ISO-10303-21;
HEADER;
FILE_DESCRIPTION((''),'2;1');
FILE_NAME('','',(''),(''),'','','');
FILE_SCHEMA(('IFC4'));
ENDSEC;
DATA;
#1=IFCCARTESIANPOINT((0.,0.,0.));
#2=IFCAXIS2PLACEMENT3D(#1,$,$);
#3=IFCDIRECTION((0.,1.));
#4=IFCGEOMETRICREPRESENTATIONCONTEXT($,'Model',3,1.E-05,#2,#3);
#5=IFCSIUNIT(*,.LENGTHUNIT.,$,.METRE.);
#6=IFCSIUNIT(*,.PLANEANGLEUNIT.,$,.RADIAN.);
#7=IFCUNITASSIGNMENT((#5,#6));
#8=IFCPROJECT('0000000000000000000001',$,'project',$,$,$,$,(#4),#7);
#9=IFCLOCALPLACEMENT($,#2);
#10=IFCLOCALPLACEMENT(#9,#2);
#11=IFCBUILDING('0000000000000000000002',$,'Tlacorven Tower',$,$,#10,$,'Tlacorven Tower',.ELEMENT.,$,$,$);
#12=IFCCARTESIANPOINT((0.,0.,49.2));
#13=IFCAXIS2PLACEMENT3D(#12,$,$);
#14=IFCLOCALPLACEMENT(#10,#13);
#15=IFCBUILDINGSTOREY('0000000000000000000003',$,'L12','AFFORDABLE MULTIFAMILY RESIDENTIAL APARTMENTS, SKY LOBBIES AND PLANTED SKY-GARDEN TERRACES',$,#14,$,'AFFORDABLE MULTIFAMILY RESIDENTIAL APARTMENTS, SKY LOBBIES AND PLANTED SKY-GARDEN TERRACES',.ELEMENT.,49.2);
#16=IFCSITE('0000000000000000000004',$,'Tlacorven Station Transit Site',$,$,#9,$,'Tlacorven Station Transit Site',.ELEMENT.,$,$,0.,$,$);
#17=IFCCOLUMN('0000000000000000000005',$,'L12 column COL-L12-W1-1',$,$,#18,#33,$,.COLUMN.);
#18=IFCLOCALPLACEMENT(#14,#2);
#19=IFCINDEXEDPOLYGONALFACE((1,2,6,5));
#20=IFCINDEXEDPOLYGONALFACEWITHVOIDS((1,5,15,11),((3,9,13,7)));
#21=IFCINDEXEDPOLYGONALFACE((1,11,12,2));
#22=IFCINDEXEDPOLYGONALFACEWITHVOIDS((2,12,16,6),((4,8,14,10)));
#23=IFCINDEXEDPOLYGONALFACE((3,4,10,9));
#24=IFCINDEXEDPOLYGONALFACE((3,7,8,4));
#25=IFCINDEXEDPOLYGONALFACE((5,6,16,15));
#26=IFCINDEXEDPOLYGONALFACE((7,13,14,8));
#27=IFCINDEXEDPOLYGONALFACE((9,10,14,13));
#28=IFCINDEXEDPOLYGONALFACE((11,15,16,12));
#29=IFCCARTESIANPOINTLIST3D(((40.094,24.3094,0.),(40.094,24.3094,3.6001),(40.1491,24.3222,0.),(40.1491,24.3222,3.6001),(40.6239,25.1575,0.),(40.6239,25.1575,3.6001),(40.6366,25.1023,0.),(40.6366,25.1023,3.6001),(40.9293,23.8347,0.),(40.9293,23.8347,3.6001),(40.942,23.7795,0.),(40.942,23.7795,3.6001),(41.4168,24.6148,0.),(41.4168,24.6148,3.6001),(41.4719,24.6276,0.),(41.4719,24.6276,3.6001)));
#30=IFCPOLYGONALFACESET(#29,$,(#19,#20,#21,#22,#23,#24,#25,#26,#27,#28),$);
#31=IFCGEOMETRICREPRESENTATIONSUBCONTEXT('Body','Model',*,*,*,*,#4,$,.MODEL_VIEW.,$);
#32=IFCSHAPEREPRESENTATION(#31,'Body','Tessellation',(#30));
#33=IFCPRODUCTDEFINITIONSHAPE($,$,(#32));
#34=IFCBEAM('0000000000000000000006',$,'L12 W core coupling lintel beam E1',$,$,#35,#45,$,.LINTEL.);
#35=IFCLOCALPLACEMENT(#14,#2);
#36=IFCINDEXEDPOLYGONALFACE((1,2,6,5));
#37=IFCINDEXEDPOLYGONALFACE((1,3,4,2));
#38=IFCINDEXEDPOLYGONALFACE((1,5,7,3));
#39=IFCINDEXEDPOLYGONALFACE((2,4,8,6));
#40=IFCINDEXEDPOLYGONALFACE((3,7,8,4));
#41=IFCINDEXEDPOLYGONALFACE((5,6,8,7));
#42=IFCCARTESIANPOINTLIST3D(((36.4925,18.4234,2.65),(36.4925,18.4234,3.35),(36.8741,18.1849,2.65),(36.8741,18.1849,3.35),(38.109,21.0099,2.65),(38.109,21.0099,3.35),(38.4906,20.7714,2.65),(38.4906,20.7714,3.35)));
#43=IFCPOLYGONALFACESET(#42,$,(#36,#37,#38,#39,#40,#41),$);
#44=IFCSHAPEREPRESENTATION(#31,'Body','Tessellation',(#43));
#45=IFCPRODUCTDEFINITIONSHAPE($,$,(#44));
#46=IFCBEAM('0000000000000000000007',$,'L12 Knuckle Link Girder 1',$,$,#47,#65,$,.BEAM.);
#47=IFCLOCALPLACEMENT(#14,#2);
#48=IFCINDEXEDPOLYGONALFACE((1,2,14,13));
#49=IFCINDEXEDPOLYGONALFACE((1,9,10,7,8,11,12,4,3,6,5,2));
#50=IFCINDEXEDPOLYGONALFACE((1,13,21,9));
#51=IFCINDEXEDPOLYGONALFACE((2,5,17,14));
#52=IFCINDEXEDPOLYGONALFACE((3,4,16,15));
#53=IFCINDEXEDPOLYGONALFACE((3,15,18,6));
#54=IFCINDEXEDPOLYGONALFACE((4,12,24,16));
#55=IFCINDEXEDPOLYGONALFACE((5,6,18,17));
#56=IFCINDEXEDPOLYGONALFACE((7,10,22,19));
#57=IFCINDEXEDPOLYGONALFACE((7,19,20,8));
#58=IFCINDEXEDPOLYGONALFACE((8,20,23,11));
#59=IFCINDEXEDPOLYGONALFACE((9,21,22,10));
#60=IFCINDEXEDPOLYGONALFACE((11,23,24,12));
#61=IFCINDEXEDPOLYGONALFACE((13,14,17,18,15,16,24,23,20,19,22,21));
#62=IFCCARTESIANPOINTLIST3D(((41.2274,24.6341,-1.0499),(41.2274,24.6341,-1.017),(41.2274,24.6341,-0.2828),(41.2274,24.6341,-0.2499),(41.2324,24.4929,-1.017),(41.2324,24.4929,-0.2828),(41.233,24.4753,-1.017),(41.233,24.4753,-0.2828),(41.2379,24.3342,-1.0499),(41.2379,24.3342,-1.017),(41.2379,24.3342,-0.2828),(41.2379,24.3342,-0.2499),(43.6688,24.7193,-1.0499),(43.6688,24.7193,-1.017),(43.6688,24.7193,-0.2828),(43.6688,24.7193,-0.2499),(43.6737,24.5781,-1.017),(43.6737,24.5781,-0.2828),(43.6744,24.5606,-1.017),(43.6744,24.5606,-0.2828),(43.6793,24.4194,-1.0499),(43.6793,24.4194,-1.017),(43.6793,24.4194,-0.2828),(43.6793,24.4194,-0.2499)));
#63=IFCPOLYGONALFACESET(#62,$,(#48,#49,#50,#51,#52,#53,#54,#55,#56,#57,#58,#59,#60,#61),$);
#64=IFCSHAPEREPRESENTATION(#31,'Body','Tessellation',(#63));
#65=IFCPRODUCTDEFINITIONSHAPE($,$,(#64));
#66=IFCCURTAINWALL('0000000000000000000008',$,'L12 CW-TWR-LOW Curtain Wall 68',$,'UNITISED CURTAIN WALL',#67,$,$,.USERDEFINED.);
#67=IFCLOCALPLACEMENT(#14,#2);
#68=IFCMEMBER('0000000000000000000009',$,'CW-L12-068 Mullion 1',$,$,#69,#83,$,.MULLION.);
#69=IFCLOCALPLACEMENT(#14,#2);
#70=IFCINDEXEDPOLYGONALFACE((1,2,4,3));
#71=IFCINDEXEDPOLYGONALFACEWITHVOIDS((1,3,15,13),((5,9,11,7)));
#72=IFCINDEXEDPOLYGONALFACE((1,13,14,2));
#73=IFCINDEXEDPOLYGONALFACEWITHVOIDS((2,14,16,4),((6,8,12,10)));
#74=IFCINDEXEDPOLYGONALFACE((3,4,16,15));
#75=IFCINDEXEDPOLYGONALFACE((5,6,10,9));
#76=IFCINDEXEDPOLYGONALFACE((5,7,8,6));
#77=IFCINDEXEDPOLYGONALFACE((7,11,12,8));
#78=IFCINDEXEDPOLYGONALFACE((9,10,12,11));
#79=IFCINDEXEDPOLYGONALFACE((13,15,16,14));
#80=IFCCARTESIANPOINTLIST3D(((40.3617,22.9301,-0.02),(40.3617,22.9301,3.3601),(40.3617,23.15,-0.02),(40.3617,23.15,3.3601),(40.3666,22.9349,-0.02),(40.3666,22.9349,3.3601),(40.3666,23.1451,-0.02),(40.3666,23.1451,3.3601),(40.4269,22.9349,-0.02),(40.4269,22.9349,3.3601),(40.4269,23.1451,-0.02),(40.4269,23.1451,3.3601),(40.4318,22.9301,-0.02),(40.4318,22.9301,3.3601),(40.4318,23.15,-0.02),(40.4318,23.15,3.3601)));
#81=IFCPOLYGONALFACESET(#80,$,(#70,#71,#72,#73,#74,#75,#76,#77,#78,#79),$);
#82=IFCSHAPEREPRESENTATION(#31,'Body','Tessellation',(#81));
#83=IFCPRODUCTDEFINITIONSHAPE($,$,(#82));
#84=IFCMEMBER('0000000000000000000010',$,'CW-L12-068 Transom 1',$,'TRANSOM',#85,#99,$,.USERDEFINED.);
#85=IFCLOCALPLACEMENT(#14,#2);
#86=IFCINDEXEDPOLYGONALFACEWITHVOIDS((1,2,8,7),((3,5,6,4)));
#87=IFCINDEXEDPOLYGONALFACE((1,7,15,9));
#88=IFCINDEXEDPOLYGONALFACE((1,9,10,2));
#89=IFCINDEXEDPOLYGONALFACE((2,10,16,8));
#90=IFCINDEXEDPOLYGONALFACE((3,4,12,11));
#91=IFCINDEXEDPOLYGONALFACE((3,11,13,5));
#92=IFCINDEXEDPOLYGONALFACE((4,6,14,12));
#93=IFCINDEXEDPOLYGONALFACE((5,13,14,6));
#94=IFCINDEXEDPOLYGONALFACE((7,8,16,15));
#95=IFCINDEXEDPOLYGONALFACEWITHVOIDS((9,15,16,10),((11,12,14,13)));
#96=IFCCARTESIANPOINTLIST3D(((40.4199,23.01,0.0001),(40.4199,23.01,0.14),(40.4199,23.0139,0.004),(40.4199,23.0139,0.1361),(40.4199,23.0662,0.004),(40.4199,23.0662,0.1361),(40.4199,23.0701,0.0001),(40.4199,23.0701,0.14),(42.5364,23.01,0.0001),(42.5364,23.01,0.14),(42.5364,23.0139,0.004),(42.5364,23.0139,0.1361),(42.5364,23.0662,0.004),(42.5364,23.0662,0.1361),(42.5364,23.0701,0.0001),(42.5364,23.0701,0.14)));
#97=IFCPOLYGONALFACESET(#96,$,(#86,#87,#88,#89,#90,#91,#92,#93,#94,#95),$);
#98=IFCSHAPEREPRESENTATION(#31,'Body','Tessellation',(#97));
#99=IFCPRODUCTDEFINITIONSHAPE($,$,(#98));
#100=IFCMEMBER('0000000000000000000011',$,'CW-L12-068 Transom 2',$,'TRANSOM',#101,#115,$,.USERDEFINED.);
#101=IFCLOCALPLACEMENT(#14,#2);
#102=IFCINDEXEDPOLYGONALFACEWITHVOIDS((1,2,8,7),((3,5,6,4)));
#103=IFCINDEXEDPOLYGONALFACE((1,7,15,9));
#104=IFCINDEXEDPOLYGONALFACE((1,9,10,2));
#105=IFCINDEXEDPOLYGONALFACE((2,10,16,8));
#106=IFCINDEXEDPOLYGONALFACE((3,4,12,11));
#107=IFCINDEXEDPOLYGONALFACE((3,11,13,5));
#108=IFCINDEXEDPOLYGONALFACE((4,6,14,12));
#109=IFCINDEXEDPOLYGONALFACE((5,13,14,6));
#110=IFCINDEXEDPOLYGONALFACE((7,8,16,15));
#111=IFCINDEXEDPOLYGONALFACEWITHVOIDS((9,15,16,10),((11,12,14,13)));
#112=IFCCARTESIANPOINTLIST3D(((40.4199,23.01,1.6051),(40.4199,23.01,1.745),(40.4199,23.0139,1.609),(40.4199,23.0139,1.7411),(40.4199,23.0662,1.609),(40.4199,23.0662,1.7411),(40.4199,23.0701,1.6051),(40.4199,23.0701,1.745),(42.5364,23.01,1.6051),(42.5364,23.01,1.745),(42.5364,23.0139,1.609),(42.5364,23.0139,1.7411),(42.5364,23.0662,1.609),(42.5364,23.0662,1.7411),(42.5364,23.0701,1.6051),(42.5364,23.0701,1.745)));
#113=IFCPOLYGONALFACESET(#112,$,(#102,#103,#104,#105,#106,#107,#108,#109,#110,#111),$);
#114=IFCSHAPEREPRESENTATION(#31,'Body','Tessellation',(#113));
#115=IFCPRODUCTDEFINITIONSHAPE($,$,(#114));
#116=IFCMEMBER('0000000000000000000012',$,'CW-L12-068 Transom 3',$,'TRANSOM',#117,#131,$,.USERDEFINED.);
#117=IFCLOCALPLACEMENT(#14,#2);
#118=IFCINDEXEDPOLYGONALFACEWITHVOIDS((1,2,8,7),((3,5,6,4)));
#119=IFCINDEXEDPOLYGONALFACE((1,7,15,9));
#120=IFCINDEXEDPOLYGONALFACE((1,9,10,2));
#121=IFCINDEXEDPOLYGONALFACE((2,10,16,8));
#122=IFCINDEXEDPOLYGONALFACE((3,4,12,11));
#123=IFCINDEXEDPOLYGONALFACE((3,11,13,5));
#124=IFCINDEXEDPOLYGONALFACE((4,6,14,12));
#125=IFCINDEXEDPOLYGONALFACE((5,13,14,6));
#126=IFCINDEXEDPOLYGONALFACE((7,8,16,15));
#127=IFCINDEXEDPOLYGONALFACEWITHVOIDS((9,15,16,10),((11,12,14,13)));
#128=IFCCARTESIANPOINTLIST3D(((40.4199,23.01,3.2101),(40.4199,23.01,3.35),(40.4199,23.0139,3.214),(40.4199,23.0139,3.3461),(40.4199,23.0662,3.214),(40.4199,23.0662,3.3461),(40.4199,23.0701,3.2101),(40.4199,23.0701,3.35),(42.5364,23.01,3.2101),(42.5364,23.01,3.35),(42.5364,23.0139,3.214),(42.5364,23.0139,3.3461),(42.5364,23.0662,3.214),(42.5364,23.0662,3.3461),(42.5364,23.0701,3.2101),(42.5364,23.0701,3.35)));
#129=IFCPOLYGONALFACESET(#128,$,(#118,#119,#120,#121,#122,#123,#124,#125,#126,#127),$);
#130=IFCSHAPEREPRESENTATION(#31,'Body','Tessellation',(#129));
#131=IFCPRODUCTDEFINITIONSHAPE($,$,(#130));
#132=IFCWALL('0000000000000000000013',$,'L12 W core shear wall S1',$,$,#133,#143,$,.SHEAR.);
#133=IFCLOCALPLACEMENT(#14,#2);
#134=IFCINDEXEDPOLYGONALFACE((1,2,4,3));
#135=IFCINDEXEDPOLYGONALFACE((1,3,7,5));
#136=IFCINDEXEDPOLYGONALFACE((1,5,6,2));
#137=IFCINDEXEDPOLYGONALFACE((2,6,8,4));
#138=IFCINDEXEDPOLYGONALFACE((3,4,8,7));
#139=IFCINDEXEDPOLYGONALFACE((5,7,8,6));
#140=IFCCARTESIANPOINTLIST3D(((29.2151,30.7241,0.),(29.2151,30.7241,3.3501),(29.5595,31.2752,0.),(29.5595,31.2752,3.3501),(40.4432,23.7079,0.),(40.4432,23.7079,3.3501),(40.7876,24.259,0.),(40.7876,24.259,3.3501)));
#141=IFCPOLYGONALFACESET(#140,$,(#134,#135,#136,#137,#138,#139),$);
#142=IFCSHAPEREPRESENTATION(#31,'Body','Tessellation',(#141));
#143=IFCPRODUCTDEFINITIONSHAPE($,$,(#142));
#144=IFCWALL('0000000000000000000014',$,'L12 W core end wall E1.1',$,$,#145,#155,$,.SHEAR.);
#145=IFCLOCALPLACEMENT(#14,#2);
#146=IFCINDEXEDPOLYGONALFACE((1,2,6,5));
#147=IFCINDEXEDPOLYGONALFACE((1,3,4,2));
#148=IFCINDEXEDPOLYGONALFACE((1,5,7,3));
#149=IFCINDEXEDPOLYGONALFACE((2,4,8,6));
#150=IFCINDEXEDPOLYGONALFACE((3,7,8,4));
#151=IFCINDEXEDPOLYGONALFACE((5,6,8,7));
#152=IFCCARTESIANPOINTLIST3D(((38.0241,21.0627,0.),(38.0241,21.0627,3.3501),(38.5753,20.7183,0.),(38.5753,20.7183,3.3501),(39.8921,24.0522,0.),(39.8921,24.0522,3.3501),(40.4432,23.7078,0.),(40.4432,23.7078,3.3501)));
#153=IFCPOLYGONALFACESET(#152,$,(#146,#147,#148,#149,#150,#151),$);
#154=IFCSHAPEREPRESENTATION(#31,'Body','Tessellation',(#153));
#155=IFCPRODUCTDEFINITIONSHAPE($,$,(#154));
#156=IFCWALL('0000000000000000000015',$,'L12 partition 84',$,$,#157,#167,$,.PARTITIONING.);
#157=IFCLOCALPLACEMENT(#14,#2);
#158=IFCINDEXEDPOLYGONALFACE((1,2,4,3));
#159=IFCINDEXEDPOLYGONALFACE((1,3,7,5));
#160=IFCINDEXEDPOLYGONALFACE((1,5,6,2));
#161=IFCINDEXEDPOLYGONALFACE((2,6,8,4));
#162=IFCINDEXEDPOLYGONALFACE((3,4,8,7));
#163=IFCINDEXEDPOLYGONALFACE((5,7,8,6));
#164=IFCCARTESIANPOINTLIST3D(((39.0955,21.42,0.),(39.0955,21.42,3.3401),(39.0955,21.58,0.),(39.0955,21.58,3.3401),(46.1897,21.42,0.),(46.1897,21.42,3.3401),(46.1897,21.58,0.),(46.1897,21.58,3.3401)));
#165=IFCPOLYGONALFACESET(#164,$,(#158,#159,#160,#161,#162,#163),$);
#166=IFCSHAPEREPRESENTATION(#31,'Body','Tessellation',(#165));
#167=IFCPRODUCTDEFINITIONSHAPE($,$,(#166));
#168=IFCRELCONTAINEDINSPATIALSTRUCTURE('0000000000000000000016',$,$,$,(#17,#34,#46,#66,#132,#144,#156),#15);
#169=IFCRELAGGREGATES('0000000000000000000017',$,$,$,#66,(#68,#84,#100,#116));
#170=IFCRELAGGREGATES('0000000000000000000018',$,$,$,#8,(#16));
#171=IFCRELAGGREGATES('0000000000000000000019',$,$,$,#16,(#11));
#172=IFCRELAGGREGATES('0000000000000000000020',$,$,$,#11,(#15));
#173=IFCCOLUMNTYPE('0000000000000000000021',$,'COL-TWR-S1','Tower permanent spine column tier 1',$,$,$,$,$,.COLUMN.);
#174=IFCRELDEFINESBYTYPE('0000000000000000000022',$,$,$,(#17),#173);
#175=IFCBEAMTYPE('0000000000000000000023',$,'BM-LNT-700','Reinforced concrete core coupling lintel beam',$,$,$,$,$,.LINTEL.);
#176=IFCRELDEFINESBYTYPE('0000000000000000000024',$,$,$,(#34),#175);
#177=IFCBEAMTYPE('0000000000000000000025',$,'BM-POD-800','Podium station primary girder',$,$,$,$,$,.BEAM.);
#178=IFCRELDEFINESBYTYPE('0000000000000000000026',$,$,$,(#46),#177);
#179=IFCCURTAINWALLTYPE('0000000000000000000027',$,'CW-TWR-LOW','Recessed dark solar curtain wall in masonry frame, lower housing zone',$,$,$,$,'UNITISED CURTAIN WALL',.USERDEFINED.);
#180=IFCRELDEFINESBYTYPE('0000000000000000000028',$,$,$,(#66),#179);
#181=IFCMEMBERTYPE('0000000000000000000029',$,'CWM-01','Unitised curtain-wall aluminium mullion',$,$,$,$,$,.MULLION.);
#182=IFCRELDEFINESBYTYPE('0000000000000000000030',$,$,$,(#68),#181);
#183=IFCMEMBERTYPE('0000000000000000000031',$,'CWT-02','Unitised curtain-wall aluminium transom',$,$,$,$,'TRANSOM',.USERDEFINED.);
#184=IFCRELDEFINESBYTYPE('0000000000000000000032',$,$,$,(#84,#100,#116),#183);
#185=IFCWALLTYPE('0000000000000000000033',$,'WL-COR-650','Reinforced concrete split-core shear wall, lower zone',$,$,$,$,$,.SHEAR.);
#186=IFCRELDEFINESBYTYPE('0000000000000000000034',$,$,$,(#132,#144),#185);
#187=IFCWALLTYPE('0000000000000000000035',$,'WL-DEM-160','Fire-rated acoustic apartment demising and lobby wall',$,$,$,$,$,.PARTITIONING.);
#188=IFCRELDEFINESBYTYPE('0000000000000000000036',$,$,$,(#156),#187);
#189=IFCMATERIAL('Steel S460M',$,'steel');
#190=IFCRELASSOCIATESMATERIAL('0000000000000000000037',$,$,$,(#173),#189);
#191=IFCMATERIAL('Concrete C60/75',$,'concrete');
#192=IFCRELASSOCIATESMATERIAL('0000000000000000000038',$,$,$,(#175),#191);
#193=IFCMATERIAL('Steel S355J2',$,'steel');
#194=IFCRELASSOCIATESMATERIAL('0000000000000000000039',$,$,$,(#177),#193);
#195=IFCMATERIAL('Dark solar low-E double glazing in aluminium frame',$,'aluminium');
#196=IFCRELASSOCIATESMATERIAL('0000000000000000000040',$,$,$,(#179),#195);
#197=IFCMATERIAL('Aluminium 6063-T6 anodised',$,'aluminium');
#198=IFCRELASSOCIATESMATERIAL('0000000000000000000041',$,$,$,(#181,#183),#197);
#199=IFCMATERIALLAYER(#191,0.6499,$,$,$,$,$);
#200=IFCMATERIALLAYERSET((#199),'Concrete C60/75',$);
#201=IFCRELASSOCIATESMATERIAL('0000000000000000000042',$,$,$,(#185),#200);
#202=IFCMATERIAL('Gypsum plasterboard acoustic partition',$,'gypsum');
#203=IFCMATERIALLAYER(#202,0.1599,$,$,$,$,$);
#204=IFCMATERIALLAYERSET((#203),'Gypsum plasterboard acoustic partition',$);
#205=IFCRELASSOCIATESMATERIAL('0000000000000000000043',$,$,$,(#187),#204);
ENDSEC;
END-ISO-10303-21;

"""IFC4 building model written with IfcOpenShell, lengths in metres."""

from ifc_helpers import new_model, si_unit, direction, frame, frame_2d, origin, origin_2d, place, context, subcontext, project, spatial, rectangle, hollow_rectangle, i_section, extrude, source, transform, mapped, material, layer, layer_set, material_profile, profile_set, type_object, element, aggregate, save


model = new_model("IFC4")

# Units and contexts
model_context = context("Model", 3, precision=1e-05, world=origin(), true_north=direction((0.0, 1.0)))
body_context = subcontext(model_context, "Body", "Model", "MODEL_VIEW")
ifc_project = project(units=[si_unit("LENGTHUNIT", "METRE"), si_unit("PLANEANGLEUNIT", "RADIAN")], contexts=[model_context])

# Site, building, storey
site_placement = place(None, origin())
site = spatial("IfcSite", under=ifc_project, at=site_placement, Name="Tlacorven Station Transit Site", LongName="Tlacorven Station Transit Site", CompositionType="ELEMENT", RefElevation=0.0)
building_placement = place(site_placement, origin())
building = spatial("IfcBuilding", under=site, at=building_placement, Name="Tlacorven Tower", LongName="Tlacorven Tower", CompositionType="ELEMENT")
storey_placement = place(building_placement, frame((0.0, 0.0, 49.2)))
storey = spatial("IfcBuildingStorey", under=building, at=storey_placement, Name="L12", Description="AFFORDABLE MULTIFAMILY RESIDENTIAL APARTMENTS, SKY LOBBIES AND PLANTED SKY-GARDEN TERRACES", LongName="AFFORDABLE MULTIFAMILY RESIDENTIAL APARTMENTS, SKY LOBBIES AND PLANTED SKY-GARDEN TERRACES", CompositionType="ELEMENT", Elevation=49.2)

# Column
ifc_material_1 = material(Name="Steel S460M", Category="steel")
ifc_material_profile_1 = material_profile(ifc_material_1, hollow_rectangle(XDim=1.0, YDim=1.0, WallThickness=0.04, at=origin_2d()), Name="BOX 1000X1000X40")
ifc_profile_set_1 = profile_set([ifc_material_profile_1], Name="Steel S460M")
column_type = type_object("IfcColumnType", Name="COL-TWR-S1", Description="Tower permanent spine column tier 1", PredefinedType="COLUMN", material=ifc_profile_set_1)
shared_shape_1 = source(origin(), body_context, "Body", "SweptSolid", [
    extrude(hollow_rectangle(XDim=1.0, YDim=1.0, WallThickness=0.04, at=origin_2d()), origin(), (0.0, 0.0, 1.0), 3.6001),
])
column_placement = place(storey_placement, frame((40.783, 24.4685, 0.0), z_axis=(0.0, 0.0, 1.0), x_axis=(-0.848048, 0.529919, 0.0)))
element("IfcColumn", 1, at=column_placement, inside=storey, type_object=column_type, Name="L12 column COL-L12-W1-1", PredefinedType="COLUMN", context=body_context, shape_type="MappedRepresentation", body=[
    mapped(shared_shape_1, transform((0.0, 0.0, 0.0), scale=1.0)),
])

# Beams
ifc_material_2 = material(Name="Concrete C60/75", Category="concrete")
ifc_material_profile_2 = material_profile(ifc_material_2, rectangle(XDim=0.45, YDim=0.7, at=origin_2d()), Name="RC 450X700")
ifc_profile_set_2 = profile_set([ifc_material_profile_2], Name="Concrete C60/75")
beam_type_1 = type_object("IfcBeamType", Name="BM-LNT-700", Description="Reinforced concrete core coupling lintel beam", PredefinedType="LINTEL", material=ifc_profile_set_2)
shared_shape_2 = source(origin(), body_context, "Body", "SweptSolid", [
    extrude(rectangle(XDim=0.45, YDim=0.7, at=origin_2d()), origin(), (0.0, 0.0, 1.0), 3.05),
])
beam_1_placement = place(storey_placement, frame((38.2998, 20.8906, 3.0), z_axis=(-0.529985, -0.848007, 0.0), x_axis=(0.848007, -0.529985, 0.0)))
element("IfcBeam", 2, at=beam_1_placement, inside=storey, type_object=beam_type_1, Name="L12 W core coupling lintel beam E1", PredefinedType="LINTEL", context=body_context, shape_type="MappedRepresentation", body=[
    mapped(shared_shape_2, transform((0.0, 0.0, 0.0), scale=1.0)),
])
ifc_material_3 = material(Name="Steel S355J2", Category="steel")
ifc_material_profile_3 = material_profile(ifc_material_3, i_section(OverallWidth=0.3, OverallDepth=0.8, WebThickness=0.0176, FlangeThickness=0.033, at=origin_2d()), Name="HEB 800")
ifc_profile_set_3 = profile_set([ifc_material_profile_3], Name="Steel S355J2")
beam_type_2 = type_object("IfcBeamType", Name="BM-POD-800", Description="Podium station primary girder", PredefinedType="BEAM", material=ifc_profile_set_3)
shared_shape_3 = source(origin(), body_context, "Body", "SweptSolid", [
    extrude(i_section(OverallWidth=0.3, OverallDepth=0.8, WebThickness=0.0176, FlangeThickness=0.033, at=origin_2d()), origin(), (0.0, 0.0, 1.0), 2.4429),
])
beam_2_placement = place(storey_placement, frame((41.2327, 24.4841, -0.6499), z_axis=(0.999392, 0.034879, 0.0), x_axis=(-0.034879, 0.999392, 0.0)))
element("IfcBeam", 3, at=beam_2_placement, inside=storey, type_object=beam_type_2, Name="L12 Knuckle Link Girder 1", PredefinedType="BEAM", context=body_context, shape_type="MappedRepresentation", body=[
    mapped(shared_shape_3, transform((0.0, 0.0, 0.0), scale=1.0)),
])

# Curtain wall, members
ifc_material_4 = material(Name="Dark solar low-E double glazing in aluminium frame", Category="aluminium")
curtain_wall_type = type_object("IfcCurtainWallType", Name="CW-TWR-LOW", Description="Recessed dark solar curtain wall in masonry frame, lower housing zone", ElementType="UNITISED CURTAIN WALL", PredefinedType="USERDEFINED", material=ifc_material_4)
curtain_wall_placement = place(storey_placement, origin())
curtain_wall = element("IfcCurtainWall", 4, at=curtain_wall_placement, inside=storey, type_object=curtain_wall_type, Name="L12 CW-TWR-LOW Curtain Wall 68", ObjectType="UNITISED CURTAIN WALL", PredefinedType="USERDEFINED")
ifc_material_5 = material(Name="Aluminium 6063-T6 anodised", Category="aluminium")
ifc_material_profile_4 = material_profile(ifc_material_5, hollow_rectangle(XDim=0.0701, YDim=0.22, WallThickness=0.0049, at=origin_2d()), Name="ALU MULLION 70X220")
ifc_profile_set_4 = profile_set([ifc_material_profile_4], Name="Aluminium 6063-T6 anodised")
member_type_1 = type_object("IfcMemberType", Name="CWM-01", Description="Unitised curtain-wall aluminium mullion", PredefinedType="MULLION", material=ifc_profile_set_4)
shared_shape_4 = source(origin(), body_context, "Body", "SweptSolid", [
    extrude(hollow_rectangle(XDim=0.0701, YDim=0.22, WallThickness=0.0049, at=origin_2d()), origin(), (0.0, 0.0, 1.0), 3.3801),
])
member_1_placement = place(storey_placement, frame((40.3967, 23.04, -0.02), z_axis=(0.0, 0.0, 1.0), x_axis=(1.0, 0.0, 0.0)))
member_1 = element("IfcMember", 5, at=member_1_placement, type_object=member_type_1, Name="CW-L12-068 Mullion 1", PredefinedType="MULLION", context=body_context, shape_type="MappedRepresentation", body=[
    mapped(shared_shape_4, transform((0.0, 0.0, 0.0), scale=1.0)),
])
ifc_material_profile_5 = material_profile(ifc_material_5, hollow_rectangle(XDim=0.0601, YDim=0.1399, WallThickness=0.0039, at=origin_2d()), Name="ALU TRANSOM 60X140")
ifc_profile_set_5 = profile_set([ifc_material_profile_5], Name="Aluminium 6063-T6 anodised")
member_type_2 = type_object("IfcMemberType", Name="CWT-02", Description="Unitised curtain-wall aluminium transom", ElementType="TRANSOM", PredefinedType="USERDEFINED", material=ifc_profile_set_5)
shared_shape_5 = source(origin(), body_context, "Body", "SweptSolid", [
    extrude(hollow_rectangle(XDim=0.0601, YDim=0.1399, WallThickness=0.0039, at=origin_2d()), origin(), (0.0, 0.0, 1.0), 2.1165),
])
member_2_placement = place(storey_placement, frame((40.4199, 23.04, 0.0701), z_axis=(1.0, 0.0, 0.0), x_axis=(0.0, 1.0, 0.0)))
member_2 = element("IfcMember", 6, at=member_2_placement, type_object=member_type_2, Name="CW-L12-068 Transom 1", ObjectType="TRANSOM", PredefinedType="USERDEFINED", context=body_context, shape_type="MappedRepresentation", body=[
    mapped(shared_shape_5, transform((0.0, 0.0, 0.0), scale=1.0)),
])
member_3_placement = place(storey_placement, frame((40.4199, 23.04, 1.675), z_axis=(1.0, 0.0, 0.0), x_axis=(0.0, 1.0, 0.0)))
member_3 = element("IfcMember", 7, at=member_3_placement, type_object=member_type_2, Name="CW-L12-068 Transom 2", ObjectType="TRANSOM", PredefinedType="USERDEFINED", context=body_context, shape_type="MappedRepresentation", body=[
    mapped(shared_shape_5, transform((0.0, 0.0, 0.0), scale=1.0)),
])
member_4_placement = place(storey_placement, frame((40.4199, 23.04, 3.28), z_axis=(1.0, 0.0, 0.0), x_axis=(0.0, 1.0, 0.0)))
member_4 = element("IfcMember", 8, at=member_4_placement, type_object=member_type_2, Name="CW-L12-068 Transom 3", ObjectType="TRANSOM", PredefinedType="USERDEFINED", context=body_context, shape_type="MappedRepresentation", body=[
    mapped(shared_shape_5, transform((0.0, 0.0, 0.0), scale=1.0)),
])
aggregate(curtain_wall, [member_1, member_2, member_3, member_4])

# Walls
ifc_layer_1 = layer(ifc_material_2, 0.6499)
ifc_layer_set_1 = layer_set([ifc_layer_1], Name="Concrete C60/75")
wall_type_1 = type_object("IfcWallType", Name="WL-COR-650", Description="Reinforced concrete split-core shear wall, lower zone", PredefinedType="SHEAR", material=ifc_layer_set_1)
wall_1_placement = place(storey_placement, frame((40.6155, 23.9834, 0.0), z_axis=(0.0, 0.0, 1.0), x_axis=(-0.848046, 0.529923, 0.0)))
element("IfcWall", 9, at=wall_1_placement, inside=storey, type_object=wall_type_1, Name="L12 W core shear wall S1", PredefinedType="SHEAR", context=body_context, shape_type="SweptSolid", body=[
    extrude(rectangle(XDim=13.24, YDim=0.6499, at=frame_2d((6.6201, 0.0))), origin(), (0.0, 0.0, 1.0), 3.3501),
])
wall_2_placement = place(storey_placement, frame((40.1677, 23.8801, 0.0), z_axis=(0.0, 0.0, 1.0), x_axis=(-0.529893, -0.848064, 0.0)))
element("IfcWall", 10, at=wall_2_placement, inside=storey, type_object=wall_type_1, Name="L12 W core end wall E1.1", PredefinedType="SHEAR", context=body_context, shape_type="SweptSolid", body=[
    extrude(rectangle(XDim=3.5251, YDim=0.6499, at=frame_2d((1.7627, 0.0))), origin(), (0.0, 0.0, 1.0), 3.3501),
])
ifc_material_6 = material(Name="Gypsum plasterboard acoustic partition", Category="gypsum")
ifc_layer_2 = layer(ifc_material_6, 0.1599)
ifc_layer_set_2 = layer_set([ifc_layer_2], Name="Gypsum plasterboard acoustic partition")
wall_type_2 = type_object("IfcWallType", Name="WL-DEM-160", Description="Fire-rated acoustic apartment demising and lobby wall", PredefinedType="PARTITIONING", material=ifc_layer_set_2)
wall_3_placement = place(storey_placement, frame((39.0955, 21.5, 0.0), z_axis=(0.0, 0.0, 1.0), x_axis=(1.0, 0.0, 0.0)))
element("IfcWall", 11, at=wall_3_placement, inside=storey, type_object=wall_type_2, Name="L12 partition 84", PredefinedType="PARTITIONING", context=body_context, shape_type="SweptSolid", body=[
    extrude(rectangle(XDim=7.0942, YDim=0.1599, at=frame_2d((3.5471, 0.0))), origin(), (0.0, 0.0, 1.0), 3.3401),
])

save(model, "model.ifc")
